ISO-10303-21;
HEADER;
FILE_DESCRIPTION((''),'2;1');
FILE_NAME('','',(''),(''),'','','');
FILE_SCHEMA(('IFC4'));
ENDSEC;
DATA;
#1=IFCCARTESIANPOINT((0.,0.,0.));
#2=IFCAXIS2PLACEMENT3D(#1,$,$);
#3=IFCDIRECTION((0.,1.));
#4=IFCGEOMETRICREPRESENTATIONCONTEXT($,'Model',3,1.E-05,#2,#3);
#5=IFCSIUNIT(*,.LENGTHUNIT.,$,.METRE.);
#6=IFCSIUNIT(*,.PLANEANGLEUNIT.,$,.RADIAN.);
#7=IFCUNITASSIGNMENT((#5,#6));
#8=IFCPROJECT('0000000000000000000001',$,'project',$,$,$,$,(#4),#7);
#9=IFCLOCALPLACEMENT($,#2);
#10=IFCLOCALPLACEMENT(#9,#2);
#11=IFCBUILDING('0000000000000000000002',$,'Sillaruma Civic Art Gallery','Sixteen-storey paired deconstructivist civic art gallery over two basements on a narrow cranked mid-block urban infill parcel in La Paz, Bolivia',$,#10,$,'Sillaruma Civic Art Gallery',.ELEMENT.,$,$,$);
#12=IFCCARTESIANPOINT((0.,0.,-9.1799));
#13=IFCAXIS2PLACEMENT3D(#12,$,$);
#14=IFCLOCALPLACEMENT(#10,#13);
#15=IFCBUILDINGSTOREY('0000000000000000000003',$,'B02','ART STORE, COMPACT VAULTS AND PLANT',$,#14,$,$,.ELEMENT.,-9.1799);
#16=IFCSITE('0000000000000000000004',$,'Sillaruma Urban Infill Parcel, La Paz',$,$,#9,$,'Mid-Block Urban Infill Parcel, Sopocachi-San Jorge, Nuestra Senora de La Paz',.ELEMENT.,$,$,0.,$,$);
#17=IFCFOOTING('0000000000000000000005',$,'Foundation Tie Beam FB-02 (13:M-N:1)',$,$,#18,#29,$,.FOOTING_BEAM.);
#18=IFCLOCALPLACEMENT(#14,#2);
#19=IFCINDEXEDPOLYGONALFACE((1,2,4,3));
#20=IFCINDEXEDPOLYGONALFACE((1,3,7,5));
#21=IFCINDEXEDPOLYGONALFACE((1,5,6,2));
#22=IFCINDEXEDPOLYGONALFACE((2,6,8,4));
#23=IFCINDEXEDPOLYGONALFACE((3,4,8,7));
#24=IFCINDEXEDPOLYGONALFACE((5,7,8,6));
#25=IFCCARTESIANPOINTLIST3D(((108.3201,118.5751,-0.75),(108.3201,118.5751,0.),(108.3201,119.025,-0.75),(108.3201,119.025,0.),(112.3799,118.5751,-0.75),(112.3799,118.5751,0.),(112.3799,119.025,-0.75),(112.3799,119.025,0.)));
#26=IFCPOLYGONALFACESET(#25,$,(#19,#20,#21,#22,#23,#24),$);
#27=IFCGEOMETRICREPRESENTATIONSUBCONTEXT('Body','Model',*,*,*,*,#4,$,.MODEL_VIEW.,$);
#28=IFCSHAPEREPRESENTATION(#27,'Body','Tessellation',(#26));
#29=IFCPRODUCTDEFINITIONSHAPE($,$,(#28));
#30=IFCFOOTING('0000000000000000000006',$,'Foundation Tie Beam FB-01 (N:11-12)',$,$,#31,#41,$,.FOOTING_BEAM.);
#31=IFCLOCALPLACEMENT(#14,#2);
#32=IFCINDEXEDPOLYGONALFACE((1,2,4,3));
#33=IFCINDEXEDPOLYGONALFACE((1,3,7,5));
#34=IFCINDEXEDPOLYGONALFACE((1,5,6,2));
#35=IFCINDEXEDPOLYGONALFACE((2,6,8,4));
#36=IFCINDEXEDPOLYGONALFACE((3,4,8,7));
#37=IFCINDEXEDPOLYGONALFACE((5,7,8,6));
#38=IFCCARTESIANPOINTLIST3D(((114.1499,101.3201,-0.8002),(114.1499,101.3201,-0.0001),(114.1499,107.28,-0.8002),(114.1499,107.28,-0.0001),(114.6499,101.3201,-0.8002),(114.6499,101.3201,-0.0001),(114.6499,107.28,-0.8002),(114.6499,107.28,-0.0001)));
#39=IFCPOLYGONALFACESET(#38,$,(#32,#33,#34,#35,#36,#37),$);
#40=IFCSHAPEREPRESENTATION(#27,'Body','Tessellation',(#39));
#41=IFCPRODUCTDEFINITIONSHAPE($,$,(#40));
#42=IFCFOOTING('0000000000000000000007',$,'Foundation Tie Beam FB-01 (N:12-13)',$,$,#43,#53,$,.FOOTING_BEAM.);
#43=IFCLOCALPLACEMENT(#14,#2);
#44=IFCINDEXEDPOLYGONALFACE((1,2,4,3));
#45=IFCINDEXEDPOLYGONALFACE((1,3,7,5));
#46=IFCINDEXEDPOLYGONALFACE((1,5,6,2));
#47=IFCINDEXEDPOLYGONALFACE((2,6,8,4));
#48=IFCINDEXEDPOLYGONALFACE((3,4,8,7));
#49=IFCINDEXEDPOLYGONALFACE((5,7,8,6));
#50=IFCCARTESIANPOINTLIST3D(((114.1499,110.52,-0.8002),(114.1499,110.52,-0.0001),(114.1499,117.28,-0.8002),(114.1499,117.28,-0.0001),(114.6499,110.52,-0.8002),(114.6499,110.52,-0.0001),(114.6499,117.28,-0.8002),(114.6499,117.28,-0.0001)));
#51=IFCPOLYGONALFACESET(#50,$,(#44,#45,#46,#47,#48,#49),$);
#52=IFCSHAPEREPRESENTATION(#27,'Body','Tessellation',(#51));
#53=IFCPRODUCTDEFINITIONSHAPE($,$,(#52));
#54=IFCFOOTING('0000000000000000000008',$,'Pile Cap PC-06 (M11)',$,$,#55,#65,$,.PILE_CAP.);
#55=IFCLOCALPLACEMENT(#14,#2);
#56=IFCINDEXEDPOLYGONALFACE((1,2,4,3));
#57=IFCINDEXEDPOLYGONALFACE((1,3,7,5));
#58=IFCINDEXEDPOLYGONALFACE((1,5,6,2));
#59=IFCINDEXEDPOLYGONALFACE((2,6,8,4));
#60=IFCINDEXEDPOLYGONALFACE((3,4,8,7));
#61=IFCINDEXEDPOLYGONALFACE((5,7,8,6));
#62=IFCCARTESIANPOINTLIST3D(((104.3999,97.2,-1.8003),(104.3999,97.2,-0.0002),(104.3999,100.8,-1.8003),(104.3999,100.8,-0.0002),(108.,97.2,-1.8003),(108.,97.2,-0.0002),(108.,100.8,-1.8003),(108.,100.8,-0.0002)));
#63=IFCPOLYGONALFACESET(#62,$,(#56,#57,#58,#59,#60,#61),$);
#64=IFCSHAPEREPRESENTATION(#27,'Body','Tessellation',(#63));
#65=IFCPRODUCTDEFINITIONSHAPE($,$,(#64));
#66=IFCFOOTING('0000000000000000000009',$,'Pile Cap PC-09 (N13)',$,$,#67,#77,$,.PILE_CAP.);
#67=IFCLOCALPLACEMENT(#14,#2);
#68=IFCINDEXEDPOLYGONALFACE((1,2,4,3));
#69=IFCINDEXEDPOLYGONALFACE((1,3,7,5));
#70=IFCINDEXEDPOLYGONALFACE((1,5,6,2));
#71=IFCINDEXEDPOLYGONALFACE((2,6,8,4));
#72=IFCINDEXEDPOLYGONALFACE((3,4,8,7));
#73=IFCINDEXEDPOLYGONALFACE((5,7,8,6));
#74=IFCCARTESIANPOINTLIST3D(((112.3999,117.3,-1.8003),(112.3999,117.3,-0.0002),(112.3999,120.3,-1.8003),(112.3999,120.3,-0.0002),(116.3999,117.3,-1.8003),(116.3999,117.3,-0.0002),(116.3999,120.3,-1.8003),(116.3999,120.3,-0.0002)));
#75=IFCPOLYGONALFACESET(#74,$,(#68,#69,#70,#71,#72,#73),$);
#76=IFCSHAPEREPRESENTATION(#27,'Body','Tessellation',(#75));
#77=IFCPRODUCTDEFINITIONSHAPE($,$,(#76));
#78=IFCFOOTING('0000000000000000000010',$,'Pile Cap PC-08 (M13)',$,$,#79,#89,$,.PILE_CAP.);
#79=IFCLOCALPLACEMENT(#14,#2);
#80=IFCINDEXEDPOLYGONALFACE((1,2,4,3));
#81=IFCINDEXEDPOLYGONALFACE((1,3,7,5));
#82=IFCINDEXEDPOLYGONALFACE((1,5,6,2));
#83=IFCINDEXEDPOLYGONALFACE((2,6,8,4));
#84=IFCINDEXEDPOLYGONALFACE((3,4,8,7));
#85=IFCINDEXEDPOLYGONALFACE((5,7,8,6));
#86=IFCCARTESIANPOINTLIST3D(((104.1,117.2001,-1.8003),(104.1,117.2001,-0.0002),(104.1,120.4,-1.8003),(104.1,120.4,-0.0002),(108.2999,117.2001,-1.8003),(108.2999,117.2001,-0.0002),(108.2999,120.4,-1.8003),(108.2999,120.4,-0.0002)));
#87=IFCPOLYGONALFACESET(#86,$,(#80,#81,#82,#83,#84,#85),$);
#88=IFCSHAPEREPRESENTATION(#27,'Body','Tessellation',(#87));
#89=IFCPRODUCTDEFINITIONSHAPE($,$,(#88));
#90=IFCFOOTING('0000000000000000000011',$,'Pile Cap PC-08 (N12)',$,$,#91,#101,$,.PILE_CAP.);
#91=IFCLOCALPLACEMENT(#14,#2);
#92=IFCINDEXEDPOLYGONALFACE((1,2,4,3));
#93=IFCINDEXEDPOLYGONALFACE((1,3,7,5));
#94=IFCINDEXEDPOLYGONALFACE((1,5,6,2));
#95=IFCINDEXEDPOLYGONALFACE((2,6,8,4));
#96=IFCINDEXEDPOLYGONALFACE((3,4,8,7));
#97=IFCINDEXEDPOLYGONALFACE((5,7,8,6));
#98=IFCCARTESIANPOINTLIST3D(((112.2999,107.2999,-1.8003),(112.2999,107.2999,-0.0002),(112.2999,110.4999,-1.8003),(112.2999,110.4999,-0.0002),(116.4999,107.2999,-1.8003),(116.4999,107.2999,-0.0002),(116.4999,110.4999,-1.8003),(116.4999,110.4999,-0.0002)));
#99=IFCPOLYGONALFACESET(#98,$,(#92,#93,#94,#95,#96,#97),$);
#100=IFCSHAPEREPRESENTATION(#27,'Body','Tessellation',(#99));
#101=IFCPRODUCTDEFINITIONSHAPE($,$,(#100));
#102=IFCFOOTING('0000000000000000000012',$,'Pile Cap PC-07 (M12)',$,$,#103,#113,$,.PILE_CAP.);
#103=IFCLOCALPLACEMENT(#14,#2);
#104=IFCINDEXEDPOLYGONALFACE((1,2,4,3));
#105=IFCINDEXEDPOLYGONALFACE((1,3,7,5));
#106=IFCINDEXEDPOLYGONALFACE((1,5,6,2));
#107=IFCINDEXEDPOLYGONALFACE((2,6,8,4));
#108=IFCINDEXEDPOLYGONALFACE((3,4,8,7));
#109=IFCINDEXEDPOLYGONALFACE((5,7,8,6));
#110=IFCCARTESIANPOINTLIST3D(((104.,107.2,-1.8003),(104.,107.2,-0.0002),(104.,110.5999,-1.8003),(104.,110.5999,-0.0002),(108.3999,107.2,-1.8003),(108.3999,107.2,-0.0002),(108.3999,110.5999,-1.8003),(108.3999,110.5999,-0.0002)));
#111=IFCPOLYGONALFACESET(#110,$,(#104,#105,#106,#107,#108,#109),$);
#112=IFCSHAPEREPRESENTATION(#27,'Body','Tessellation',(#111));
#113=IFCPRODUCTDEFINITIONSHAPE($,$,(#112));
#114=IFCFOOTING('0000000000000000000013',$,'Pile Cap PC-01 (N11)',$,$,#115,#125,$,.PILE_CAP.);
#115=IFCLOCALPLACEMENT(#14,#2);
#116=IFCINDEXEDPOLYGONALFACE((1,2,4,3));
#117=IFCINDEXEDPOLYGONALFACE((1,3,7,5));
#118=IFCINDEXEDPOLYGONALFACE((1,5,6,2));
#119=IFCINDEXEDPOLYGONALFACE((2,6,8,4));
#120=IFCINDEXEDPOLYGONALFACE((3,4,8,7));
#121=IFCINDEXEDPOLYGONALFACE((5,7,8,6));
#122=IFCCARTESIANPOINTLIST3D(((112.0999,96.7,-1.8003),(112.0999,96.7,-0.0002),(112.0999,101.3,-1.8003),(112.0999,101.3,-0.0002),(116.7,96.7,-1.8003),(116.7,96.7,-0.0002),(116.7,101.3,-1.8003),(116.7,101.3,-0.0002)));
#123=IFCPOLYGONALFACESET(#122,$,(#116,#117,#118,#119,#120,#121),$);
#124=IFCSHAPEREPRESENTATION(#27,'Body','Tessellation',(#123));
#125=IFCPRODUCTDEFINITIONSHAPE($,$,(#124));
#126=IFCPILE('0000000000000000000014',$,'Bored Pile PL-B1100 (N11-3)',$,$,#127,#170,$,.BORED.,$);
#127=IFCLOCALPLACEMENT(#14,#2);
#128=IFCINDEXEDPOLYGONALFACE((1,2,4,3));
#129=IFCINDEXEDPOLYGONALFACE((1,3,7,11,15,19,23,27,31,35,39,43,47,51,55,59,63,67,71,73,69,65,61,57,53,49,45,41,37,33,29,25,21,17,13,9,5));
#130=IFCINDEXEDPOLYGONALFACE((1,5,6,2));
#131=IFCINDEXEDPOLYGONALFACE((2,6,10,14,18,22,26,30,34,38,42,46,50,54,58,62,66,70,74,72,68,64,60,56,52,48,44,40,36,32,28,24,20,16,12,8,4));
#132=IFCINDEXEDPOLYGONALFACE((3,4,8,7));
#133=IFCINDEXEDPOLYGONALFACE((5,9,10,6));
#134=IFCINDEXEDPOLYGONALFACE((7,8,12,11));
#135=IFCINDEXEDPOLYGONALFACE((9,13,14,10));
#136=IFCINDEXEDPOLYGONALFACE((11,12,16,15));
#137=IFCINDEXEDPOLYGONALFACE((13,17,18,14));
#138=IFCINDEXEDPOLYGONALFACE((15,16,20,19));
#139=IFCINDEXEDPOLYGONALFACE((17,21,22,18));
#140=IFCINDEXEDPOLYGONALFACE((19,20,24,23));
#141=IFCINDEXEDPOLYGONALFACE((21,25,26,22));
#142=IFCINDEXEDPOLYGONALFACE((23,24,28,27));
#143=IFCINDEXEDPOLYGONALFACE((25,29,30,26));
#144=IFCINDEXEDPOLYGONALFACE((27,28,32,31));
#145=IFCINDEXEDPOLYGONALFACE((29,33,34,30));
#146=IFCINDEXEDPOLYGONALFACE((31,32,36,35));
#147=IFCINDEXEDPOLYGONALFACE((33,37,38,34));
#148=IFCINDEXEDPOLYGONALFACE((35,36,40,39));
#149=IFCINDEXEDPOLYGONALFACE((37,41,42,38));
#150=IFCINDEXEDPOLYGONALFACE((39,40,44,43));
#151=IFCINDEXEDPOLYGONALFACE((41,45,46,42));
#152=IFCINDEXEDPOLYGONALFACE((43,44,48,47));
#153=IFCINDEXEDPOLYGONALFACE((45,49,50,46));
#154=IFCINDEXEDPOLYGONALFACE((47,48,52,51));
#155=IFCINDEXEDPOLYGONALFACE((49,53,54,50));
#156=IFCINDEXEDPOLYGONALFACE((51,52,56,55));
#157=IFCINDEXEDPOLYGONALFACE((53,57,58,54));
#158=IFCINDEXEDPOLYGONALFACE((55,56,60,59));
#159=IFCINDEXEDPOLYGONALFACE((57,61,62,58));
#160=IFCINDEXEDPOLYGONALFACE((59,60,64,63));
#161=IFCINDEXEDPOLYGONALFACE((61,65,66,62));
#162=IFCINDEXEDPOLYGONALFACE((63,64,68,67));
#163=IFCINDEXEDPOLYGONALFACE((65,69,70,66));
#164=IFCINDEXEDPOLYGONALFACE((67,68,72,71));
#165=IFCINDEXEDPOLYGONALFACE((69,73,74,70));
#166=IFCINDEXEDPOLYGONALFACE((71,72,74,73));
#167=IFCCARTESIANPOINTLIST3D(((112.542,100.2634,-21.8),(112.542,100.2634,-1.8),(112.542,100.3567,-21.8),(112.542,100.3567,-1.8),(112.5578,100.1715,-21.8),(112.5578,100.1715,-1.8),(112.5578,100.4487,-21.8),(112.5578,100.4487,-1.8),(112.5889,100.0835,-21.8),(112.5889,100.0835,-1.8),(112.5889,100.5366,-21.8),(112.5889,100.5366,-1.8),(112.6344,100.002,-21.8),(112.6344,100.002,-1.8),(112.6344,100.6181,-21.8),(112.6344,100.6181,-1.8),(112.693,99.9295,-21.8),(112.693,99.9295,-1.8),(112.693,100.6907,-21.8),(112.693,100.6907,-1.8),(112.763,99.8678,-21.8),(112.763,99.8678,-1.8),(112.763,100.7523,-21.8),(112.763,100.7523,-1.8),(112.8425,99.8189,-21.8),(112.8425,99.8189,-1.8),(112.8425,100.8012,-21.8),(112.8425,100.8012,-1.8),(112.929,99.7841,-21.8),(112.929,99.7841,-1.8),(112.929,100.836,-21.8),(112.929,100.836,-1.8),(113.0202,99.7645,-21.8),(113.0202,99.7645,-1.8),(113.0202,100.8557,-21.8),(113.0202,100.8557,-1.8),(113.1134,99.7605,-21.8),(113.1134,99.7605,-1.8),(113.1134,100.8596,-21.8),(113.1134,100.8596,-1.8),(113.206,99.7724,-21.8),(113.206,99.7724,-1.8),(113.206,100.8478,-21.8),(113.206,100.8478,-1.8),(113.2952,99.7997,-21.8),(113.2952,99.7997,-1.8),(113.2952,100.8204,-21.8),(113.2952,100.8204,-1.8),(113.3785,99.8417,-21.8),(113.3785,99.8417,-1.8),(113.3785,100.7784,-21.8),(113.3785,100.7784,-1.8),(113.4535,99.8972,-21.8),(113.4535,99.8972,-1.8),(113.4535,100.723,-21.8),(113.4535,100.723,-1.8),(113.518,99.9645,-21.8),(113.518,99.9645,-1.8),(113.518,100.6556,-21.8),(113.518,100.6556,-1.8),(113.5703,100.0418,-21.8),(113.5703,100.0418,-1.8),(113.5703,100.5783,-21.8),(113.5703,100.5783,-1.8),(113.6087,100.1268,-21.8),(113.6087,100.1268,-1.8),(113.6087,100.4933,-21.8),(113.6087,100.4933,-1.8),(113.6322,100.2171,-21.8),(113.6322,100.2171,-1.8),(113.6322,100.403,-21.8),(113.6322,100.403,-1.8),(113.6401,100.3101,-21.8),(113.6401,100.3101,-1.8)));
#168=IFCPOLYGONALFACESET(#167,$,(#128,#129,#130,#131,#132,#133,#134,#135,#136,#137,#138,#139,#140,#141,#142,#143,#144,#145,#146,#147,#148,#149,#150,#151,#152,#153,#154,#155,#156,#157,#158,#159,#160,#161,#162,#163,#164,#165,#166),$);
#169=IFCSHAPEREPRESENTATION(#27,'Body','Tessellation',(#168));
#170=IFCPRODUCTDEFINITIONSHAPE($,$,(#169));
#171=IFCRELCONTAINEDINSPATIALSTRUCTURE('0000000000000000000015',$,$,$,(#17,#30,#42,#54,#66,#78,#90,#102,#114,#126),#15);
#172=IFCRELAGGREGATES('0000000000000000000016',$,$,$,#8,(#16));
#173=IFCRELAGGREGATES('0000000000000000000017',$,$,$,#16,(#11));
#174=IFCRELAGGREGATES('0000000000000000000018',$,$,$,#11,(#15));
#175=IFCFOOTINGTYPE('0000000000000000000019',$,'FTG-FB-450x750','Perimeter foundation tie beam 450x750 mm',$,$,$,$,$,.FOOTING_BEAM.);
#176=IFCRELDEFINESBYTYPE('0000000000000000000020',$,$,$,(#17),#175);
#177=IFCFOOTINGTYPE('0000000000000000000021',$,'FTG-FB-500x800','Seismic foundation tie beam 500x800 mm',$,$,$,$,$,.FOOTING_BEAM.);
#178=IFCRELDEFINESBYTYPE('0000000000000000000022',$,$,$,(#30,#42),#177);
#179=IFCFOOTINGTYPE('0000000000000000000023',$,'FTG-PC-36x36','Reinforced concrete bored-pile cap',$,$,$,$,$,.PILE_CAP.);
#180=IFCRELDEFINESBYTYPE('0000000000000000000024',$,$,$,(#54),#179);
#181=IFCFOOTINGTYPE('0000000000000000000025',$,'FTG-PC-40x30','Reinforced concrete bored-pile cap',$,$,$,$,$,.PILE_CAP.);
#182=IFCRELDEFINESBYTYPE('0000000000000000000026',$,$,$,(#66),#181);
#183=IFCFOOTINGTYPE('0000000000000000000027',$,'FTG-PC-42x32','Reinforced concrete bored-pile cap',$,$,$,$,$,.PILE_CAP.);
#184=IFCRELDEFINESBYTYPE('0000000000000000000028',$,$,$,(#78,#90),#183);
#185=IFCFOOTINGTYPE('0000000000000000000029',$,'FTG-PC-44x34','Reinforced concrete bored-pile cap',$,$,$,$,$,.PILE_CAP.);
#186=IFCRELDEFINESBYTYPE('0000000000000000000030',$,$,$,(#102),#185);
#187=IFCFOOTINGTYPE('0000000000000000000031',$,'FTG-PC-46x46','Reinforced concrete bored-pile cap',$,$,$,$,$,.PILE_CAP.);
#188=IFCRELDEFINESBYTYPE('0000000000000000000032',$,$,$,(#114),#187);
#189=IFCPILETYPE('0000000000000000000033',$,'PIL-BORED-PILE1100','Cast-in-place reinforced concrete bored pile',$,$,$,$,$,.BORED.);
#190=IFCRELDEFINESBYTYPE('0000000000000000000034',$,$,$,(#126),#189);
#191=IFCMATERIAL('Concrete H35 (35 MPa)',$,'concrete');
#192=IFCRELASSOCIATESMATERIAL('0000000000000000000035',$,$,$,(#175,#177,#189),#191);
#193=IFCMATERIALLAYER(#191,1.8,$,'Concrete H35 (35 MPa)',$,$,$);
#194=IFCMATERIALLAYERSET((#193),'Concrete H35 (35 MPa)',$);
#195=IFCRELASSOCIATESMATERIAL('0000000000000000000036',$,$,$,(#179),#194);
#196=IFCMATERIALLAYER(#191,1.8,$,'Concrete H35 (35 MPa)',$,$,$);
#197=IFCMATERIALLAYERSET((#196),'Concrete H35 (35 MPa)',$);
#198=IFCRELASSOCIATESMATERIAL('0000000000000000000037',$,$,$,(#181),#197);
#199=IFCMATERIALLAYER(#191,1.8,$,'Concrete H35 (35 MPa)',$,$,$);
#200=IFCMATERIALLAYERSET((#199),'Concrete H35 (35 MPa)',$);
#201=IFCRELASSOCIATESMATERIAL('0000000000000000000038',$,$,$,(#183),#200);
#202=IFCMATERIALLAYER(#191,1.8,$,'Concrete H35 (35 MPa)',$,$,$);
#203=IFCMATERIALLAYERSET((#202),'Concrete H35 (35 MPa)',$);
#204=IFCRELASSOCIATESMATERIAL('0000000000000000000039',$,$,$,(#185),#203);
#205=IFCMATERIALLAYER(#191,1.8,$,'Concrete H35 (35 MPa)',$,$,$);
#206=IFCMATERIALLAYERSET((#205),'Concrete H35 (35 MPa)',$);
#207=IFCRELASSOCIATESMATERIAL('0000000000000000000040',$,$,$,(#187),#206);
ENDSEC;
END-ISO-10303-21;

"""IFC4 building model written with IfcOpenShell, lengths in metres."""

from ifc_helpers import new_model, si_unit, direction, frame, origin, origin_2d, place, context, subcontext, project, spatial, rectangle, circle, extrude, material, layer, layer_set, material_profile, profile_set, type_object, element, save


model = new_model("IFC4")

# Units and contexts
model_context = context("Model", 3, precision=1e-05, world=origin(), true_north=direction((0.0, 1.0)))
body_context = subcontext(model_context, "Body", "Model", "MODEL_VIEW")
ifc_project = project(units=[si_unit("LENGTHUNIT", "METRE"), si_unit("PLANEANGLEUNIT", "RADIAN")], contexts=[model_context])

# Site, building, storey
site_placement = place(None, origin())
site = spatial("IfcSite", under=ifc_project, at=site_placement, Name="Sillaruma Urban Infill Parcel, La Paz", LongName="Mid-Block Urban Infill Parcel, Sopocachi-San Jorge, Nuestra Senora de La Paz", CompositionType="ELEMENT", RefElevation=0.0)
building_placement = place(site_placement, origin())
building = spatial("IfcBuilding", under=site, at=building_placement, Name="Sillaruma Civic Art Gallery", Description="Sixteen-storey paired deconstructivist civic art gallery over two basements on a narrow cranked mid-block urban infill parcel in La Paz, Bolivia", LongName="Sillaruma Civic Art Gallery", CompositionType="ELEMENT")
storey_placement = place(building_placement, frame((0.0, 0.0, -9.1799)))
storey = spatial("IfcBuildingStorey", under=building, at=storey_placement, Name="B02", Description="ART STORE, COMPACT VAULTS AND PLANT", CompositionType="ELEMENT", Elevation=-9.1799)

# Footings
ifc_material_1 = material(Name="Concrete H35 (35 MPa)", Category="concrete")
ifc_material_profile_1 = material_profile(ifc_material_1, rectangle(XDim=0.45, YDim=0.75, at=origin_2d()), Name="RCB450x750")
ifc_profile_set_1 = profile_set([ifc_material_profile_1], Name="Concrete H35 (35 MPa)")
footing_type_1 = type_object("IfcFootingType", Name="FTG-FB-450x750", Description="Perimeter foundation tie beam 450x750 mm", PredefinedType="FOOTING_BEAM", material=ifc_profile_set_1)
footing_1_placement = place(storey_placement, frame((108.3201, 118.8, -0.375), z_axis=(1.0, 0.0, 0.0), x_axis=(0.0, 1.0, 0.0)))
element("IfcFooting", 1, at=footing_1_placement, inside=storey, type_object=footing_type_1, Name="Foundation Tie Beam FB-02 (13:M-N:1)", PredefinedType="FOOTING_BEAM", context=body_context, shape_type="SweptSolid", body=[
    extrude(rectangle(XDim=0.45, YDim=0.75, at=origin_2d()), origin(), (0.0, 0.0, 1.0), 4.0598),
])
ifc_material_profile_2 = material_profile(ifc_material_1, rectangle(XDim=0.5, YDim=0.8, at=origin_2d()), Name="RCB500x800")
ifc_profile_set_2 = profile_set([ifc_material_profile_2], Name="Concrete H35 (35 MPa)")
footing_type_2 = type_object("IfcFootingType", Name="FTG-FB-500x800", Description="Seismic foundation tie beam 500x800 mm", PredefinedType="FOOTING_BEAM", material=ifc_profile_set_2)
footing_2_placement = place(storey_placement, frame((114.3999, 101.3201, -0.4001), z_axis=(0.0, 1.0, 0.0), x_axis=(-1.0, 0.0, 0.0)))
element("IfcFooting", 2, at=footing_2_placement, inside=storey, type_object=footing_type_2, Name="Foundation Tie Beam FB-01 (N:11-12)", PredefinedType="FOOTING_BEAM", context=body_context, shape_type="SweptSolid", body=[
    extrude(rectangle(XDim=0.5, YDim=0.8, at=origin_2d()), origin(), (0.0, 0.0, 1.0), 5.96),
])
footing_3_placement = place(storey_placement, frame((114.3999, 110.52, -0.4001), z_axis=(0.0, 1.0, 0.0), x_axis=(-1.0, 0.0, 0.0)))
element("IfcFooting", 3, at=footing_3_placement, inside=storey, type_object=footing_type_2, Name="Foundation Tie Beam FB-01 (N:12-13)", PredefinedType="FOOTING_BEAM", context=body_context, shape_type="SweptSolid", body=[
    extrude(rectangle(XDim=0.5, YDim=0.8, at=origin_2d()), origin(), (0.0, 0.0, 1.0), 6.76),
])
ifc_layer_1 = layer(ifc_material_1, 1.8, Name="Concrete H35 (35 MPa)")
ifc_layer_set_1 = layer_set([ifc_layer_1], Name="Concrete H35 (35 MPa)")
footing_type_3 = type_object("IfcFootingType", Name="FTG-PC-36x36", Description="Reinforced concrete bored-pile cap", PredefinedType="PILE_CAP", material=ifc_layer_set_1)
footing_4_placement = place(storey_placement, frame((106.2, 99.0, -1.8003), z_axis=(0.0, 0.0, 1.0), x_axis=(1.0, 0.0, 0.0)))
element("IfcFooting", 4, at=footing_4_placement, inside=storey, type_object=footing_type_3, Name="Pile Cap PC-06 (M11)", PredefinedType="PILE_CAP", context=body_context, shape_type="SweptSolid", body=[
    extrude(rectangle(XDim=3.6001, YDim=3.6001, at=origin_2d()), origin(), (0.0, 0.0, 1.0), 1.8),
])
ifc_layer_2 = layer(ifc_material_1, 1.8, Name="Concrete H35 (35 MPa)")
ifc_layer_set_2 = layer_set([ifc_layer_2], Name="Concrete H35 (35 MPa)")
footing_type_4 = type_object("IfcFootingType", Name="FTG-PC-40x30", Description="Reinforced concrete bored-pile cap", PredefinedType="PILE_CAP", material=ifc_layer_set_2)
footing_5_placement = place(storey_placement, frame((114.3999, 118.8, -1.8003), z_axis=(0.0, 0.0, 1.0), x_axis=(1.0, 0.0, 0.0)))
element("IfcFooting", 5, at=footing_5_placement, inside=storey, type_object=footing_type_4, Name="Pile Cap PC-09 (N13)", PredefinedType="PILE_CAP", context=body_context, shape_type="SweptSolid", body=[
    extrude(rectangle(XDim=4.0, YDim=3.0, at=origin_2d()), origin(), (0.0, 0.0, 1.0), 1.8),
])
ifc_layer_3 = layer(ifc_material_1, 1.8, Name="Concrete H35 (35 MPa)")
ifc_layer_set_3 = layer_set([ifc_layer_3], Name="Concrete H35 (35 MPa)")
footing_type_5 = type_object("IfcFootingType", Name="FTG-PC-42x32", Description="Reinforced concrete bored-pile cap", PredefinedType="PILE_CAP", material=ifc_layer_set_3)
for number, where, z_axis, x_axis, name in (
    (6, (106.2, 118.8, -1.8003), (0.0, 0.0, 1.0), (1.0, 0.0, 0.0), "Pile Cap PC-08 (M13)"),
    (7, (114.3999, 108.8999, -1.8003), (0.0, 0.0, 1.0), (1.0, 0.0, 0.0), "Pile Cap PC-08 (N12)"),
):
    element("IfcFooting", number, at=place(storey_placement, frame(where, z_axis=z_axis, x_axis=x_axis)), inside=storey, type_object=footing_type_5, Name=name, PredefinedType="PILE_CAP", context=body_context, shape_type="SweptSolid", body=[
        extrude(rectangle(XDim=4.2, YDim=3.2, at=origin_2d()), origin(), (0.0, 0.0, 1.0), 1.8),
    ])
ifc_layer_4 = layer(ifc_material_1, 1.8, Name="Concrete H35 (35 MPa)")
ifc_layer_set_4 = layer_set([ifc_layer_4], Name="Concrete H35 (35 MPa)")
footing_type_6 = type_object("IfcFootingType", Name="FTG-PC-44x34", Description="Reinforced concrete bored-pile cap", PredefinedType="PILE_CAP", material=ifc_layer_set_4)
footing_6_placement = place(storey_placement, frame((106.2, 108.8999, -1.8003), z_axis=(0.0, 0.0, 1.0), x_axis=(1.0, 0.0, 0.0)))
element("IfcFooting", 8, at=footing_6_placement, inside=storey, type_object=footing_type_6, Name="Pile Cap PC-07 (M12)", PredefinedType="PILE_CAP", context=body_context, shape_type="SweptSolid", body=[
    extrude(rectangle(XDim=4.3999, YDim=3.3999, at=origin_2d()), origin(), (0.0, 0.0, 1.0), 1.8),
])
ifc_layer_5 = layer(ifc_material_1, 1.8, Name="Concrete H35 (35 MPa)")
ifc_layer_set_5 = layer_set([ifc_layer_5], Name="Concrete H35 (35 MPa)")
footing_type_7 = type_object("IfcFootingType", Name="FTG-PC-46x46", Description="Reinforced concrete bored-pile cap", PredefinedType="PILE_CAP", material=ifc_layer_set_5)
footing_7_placement = place(storey_placement, frame((114.3999, 99.0, -1.8003), z_axis=(0.0, 0.0, 1.0), x_axis=(1.0, 0.0, 0.0)))
element("IfcFooting", 9, at=footing_7_placement, inside=storey, type_object=footing_type_7, Name="Pile Cap PC-01 (N11)", PredefinedType="PILE_CAP", context=body_context, shape_type="SweptSolid", body=[
    extrude(rectangle(XDim=4.6001, YDim=4.6001, at=origin_2d()), origin(), (0.0, 0.0, 1.0), 1.8),
])

# Pile
ifc_material_profile_3 = material_profile(ifc_material_1, circle(Radius=0.55, at=origin_2d()), Name="PILE1100")
ifc_profile_set_3 = profile_set([ifc_material_profile_3], Name="Concrete H35 (35 MPa)")
pile_type_1 = type_object("IfcPileType", Name="PIL-BORED-PILE1100", Description="Cast-in-place reinforced concrete bored pile", PredefinedType="BORED", material=ifc_profile_set_3)
for number, where, z_axis, x_axis, name in (
    (10, (113.0901, 100.3101, -1.8), (0.0, 0.0, -1.0), (1.0, 0.0, 0.0), "Bored Pile PL-B1100 (N11-3)"),
):
    element("IfcPile", number, at=place(storey_placement, frame(where, z_axis=z_axis, x_axis=x_axis)), inside=storey, type_object=pile_type_1, Name=name, PredefinedType="BORED", context=body_context, shape_type="SweptSolid", body=[
        extrude(circle(Radius=0.55, at=origin_2d()), origin(), (0.0, 0.0, 1.0), 20.0),
    ])

save(model, "model.ifc")
